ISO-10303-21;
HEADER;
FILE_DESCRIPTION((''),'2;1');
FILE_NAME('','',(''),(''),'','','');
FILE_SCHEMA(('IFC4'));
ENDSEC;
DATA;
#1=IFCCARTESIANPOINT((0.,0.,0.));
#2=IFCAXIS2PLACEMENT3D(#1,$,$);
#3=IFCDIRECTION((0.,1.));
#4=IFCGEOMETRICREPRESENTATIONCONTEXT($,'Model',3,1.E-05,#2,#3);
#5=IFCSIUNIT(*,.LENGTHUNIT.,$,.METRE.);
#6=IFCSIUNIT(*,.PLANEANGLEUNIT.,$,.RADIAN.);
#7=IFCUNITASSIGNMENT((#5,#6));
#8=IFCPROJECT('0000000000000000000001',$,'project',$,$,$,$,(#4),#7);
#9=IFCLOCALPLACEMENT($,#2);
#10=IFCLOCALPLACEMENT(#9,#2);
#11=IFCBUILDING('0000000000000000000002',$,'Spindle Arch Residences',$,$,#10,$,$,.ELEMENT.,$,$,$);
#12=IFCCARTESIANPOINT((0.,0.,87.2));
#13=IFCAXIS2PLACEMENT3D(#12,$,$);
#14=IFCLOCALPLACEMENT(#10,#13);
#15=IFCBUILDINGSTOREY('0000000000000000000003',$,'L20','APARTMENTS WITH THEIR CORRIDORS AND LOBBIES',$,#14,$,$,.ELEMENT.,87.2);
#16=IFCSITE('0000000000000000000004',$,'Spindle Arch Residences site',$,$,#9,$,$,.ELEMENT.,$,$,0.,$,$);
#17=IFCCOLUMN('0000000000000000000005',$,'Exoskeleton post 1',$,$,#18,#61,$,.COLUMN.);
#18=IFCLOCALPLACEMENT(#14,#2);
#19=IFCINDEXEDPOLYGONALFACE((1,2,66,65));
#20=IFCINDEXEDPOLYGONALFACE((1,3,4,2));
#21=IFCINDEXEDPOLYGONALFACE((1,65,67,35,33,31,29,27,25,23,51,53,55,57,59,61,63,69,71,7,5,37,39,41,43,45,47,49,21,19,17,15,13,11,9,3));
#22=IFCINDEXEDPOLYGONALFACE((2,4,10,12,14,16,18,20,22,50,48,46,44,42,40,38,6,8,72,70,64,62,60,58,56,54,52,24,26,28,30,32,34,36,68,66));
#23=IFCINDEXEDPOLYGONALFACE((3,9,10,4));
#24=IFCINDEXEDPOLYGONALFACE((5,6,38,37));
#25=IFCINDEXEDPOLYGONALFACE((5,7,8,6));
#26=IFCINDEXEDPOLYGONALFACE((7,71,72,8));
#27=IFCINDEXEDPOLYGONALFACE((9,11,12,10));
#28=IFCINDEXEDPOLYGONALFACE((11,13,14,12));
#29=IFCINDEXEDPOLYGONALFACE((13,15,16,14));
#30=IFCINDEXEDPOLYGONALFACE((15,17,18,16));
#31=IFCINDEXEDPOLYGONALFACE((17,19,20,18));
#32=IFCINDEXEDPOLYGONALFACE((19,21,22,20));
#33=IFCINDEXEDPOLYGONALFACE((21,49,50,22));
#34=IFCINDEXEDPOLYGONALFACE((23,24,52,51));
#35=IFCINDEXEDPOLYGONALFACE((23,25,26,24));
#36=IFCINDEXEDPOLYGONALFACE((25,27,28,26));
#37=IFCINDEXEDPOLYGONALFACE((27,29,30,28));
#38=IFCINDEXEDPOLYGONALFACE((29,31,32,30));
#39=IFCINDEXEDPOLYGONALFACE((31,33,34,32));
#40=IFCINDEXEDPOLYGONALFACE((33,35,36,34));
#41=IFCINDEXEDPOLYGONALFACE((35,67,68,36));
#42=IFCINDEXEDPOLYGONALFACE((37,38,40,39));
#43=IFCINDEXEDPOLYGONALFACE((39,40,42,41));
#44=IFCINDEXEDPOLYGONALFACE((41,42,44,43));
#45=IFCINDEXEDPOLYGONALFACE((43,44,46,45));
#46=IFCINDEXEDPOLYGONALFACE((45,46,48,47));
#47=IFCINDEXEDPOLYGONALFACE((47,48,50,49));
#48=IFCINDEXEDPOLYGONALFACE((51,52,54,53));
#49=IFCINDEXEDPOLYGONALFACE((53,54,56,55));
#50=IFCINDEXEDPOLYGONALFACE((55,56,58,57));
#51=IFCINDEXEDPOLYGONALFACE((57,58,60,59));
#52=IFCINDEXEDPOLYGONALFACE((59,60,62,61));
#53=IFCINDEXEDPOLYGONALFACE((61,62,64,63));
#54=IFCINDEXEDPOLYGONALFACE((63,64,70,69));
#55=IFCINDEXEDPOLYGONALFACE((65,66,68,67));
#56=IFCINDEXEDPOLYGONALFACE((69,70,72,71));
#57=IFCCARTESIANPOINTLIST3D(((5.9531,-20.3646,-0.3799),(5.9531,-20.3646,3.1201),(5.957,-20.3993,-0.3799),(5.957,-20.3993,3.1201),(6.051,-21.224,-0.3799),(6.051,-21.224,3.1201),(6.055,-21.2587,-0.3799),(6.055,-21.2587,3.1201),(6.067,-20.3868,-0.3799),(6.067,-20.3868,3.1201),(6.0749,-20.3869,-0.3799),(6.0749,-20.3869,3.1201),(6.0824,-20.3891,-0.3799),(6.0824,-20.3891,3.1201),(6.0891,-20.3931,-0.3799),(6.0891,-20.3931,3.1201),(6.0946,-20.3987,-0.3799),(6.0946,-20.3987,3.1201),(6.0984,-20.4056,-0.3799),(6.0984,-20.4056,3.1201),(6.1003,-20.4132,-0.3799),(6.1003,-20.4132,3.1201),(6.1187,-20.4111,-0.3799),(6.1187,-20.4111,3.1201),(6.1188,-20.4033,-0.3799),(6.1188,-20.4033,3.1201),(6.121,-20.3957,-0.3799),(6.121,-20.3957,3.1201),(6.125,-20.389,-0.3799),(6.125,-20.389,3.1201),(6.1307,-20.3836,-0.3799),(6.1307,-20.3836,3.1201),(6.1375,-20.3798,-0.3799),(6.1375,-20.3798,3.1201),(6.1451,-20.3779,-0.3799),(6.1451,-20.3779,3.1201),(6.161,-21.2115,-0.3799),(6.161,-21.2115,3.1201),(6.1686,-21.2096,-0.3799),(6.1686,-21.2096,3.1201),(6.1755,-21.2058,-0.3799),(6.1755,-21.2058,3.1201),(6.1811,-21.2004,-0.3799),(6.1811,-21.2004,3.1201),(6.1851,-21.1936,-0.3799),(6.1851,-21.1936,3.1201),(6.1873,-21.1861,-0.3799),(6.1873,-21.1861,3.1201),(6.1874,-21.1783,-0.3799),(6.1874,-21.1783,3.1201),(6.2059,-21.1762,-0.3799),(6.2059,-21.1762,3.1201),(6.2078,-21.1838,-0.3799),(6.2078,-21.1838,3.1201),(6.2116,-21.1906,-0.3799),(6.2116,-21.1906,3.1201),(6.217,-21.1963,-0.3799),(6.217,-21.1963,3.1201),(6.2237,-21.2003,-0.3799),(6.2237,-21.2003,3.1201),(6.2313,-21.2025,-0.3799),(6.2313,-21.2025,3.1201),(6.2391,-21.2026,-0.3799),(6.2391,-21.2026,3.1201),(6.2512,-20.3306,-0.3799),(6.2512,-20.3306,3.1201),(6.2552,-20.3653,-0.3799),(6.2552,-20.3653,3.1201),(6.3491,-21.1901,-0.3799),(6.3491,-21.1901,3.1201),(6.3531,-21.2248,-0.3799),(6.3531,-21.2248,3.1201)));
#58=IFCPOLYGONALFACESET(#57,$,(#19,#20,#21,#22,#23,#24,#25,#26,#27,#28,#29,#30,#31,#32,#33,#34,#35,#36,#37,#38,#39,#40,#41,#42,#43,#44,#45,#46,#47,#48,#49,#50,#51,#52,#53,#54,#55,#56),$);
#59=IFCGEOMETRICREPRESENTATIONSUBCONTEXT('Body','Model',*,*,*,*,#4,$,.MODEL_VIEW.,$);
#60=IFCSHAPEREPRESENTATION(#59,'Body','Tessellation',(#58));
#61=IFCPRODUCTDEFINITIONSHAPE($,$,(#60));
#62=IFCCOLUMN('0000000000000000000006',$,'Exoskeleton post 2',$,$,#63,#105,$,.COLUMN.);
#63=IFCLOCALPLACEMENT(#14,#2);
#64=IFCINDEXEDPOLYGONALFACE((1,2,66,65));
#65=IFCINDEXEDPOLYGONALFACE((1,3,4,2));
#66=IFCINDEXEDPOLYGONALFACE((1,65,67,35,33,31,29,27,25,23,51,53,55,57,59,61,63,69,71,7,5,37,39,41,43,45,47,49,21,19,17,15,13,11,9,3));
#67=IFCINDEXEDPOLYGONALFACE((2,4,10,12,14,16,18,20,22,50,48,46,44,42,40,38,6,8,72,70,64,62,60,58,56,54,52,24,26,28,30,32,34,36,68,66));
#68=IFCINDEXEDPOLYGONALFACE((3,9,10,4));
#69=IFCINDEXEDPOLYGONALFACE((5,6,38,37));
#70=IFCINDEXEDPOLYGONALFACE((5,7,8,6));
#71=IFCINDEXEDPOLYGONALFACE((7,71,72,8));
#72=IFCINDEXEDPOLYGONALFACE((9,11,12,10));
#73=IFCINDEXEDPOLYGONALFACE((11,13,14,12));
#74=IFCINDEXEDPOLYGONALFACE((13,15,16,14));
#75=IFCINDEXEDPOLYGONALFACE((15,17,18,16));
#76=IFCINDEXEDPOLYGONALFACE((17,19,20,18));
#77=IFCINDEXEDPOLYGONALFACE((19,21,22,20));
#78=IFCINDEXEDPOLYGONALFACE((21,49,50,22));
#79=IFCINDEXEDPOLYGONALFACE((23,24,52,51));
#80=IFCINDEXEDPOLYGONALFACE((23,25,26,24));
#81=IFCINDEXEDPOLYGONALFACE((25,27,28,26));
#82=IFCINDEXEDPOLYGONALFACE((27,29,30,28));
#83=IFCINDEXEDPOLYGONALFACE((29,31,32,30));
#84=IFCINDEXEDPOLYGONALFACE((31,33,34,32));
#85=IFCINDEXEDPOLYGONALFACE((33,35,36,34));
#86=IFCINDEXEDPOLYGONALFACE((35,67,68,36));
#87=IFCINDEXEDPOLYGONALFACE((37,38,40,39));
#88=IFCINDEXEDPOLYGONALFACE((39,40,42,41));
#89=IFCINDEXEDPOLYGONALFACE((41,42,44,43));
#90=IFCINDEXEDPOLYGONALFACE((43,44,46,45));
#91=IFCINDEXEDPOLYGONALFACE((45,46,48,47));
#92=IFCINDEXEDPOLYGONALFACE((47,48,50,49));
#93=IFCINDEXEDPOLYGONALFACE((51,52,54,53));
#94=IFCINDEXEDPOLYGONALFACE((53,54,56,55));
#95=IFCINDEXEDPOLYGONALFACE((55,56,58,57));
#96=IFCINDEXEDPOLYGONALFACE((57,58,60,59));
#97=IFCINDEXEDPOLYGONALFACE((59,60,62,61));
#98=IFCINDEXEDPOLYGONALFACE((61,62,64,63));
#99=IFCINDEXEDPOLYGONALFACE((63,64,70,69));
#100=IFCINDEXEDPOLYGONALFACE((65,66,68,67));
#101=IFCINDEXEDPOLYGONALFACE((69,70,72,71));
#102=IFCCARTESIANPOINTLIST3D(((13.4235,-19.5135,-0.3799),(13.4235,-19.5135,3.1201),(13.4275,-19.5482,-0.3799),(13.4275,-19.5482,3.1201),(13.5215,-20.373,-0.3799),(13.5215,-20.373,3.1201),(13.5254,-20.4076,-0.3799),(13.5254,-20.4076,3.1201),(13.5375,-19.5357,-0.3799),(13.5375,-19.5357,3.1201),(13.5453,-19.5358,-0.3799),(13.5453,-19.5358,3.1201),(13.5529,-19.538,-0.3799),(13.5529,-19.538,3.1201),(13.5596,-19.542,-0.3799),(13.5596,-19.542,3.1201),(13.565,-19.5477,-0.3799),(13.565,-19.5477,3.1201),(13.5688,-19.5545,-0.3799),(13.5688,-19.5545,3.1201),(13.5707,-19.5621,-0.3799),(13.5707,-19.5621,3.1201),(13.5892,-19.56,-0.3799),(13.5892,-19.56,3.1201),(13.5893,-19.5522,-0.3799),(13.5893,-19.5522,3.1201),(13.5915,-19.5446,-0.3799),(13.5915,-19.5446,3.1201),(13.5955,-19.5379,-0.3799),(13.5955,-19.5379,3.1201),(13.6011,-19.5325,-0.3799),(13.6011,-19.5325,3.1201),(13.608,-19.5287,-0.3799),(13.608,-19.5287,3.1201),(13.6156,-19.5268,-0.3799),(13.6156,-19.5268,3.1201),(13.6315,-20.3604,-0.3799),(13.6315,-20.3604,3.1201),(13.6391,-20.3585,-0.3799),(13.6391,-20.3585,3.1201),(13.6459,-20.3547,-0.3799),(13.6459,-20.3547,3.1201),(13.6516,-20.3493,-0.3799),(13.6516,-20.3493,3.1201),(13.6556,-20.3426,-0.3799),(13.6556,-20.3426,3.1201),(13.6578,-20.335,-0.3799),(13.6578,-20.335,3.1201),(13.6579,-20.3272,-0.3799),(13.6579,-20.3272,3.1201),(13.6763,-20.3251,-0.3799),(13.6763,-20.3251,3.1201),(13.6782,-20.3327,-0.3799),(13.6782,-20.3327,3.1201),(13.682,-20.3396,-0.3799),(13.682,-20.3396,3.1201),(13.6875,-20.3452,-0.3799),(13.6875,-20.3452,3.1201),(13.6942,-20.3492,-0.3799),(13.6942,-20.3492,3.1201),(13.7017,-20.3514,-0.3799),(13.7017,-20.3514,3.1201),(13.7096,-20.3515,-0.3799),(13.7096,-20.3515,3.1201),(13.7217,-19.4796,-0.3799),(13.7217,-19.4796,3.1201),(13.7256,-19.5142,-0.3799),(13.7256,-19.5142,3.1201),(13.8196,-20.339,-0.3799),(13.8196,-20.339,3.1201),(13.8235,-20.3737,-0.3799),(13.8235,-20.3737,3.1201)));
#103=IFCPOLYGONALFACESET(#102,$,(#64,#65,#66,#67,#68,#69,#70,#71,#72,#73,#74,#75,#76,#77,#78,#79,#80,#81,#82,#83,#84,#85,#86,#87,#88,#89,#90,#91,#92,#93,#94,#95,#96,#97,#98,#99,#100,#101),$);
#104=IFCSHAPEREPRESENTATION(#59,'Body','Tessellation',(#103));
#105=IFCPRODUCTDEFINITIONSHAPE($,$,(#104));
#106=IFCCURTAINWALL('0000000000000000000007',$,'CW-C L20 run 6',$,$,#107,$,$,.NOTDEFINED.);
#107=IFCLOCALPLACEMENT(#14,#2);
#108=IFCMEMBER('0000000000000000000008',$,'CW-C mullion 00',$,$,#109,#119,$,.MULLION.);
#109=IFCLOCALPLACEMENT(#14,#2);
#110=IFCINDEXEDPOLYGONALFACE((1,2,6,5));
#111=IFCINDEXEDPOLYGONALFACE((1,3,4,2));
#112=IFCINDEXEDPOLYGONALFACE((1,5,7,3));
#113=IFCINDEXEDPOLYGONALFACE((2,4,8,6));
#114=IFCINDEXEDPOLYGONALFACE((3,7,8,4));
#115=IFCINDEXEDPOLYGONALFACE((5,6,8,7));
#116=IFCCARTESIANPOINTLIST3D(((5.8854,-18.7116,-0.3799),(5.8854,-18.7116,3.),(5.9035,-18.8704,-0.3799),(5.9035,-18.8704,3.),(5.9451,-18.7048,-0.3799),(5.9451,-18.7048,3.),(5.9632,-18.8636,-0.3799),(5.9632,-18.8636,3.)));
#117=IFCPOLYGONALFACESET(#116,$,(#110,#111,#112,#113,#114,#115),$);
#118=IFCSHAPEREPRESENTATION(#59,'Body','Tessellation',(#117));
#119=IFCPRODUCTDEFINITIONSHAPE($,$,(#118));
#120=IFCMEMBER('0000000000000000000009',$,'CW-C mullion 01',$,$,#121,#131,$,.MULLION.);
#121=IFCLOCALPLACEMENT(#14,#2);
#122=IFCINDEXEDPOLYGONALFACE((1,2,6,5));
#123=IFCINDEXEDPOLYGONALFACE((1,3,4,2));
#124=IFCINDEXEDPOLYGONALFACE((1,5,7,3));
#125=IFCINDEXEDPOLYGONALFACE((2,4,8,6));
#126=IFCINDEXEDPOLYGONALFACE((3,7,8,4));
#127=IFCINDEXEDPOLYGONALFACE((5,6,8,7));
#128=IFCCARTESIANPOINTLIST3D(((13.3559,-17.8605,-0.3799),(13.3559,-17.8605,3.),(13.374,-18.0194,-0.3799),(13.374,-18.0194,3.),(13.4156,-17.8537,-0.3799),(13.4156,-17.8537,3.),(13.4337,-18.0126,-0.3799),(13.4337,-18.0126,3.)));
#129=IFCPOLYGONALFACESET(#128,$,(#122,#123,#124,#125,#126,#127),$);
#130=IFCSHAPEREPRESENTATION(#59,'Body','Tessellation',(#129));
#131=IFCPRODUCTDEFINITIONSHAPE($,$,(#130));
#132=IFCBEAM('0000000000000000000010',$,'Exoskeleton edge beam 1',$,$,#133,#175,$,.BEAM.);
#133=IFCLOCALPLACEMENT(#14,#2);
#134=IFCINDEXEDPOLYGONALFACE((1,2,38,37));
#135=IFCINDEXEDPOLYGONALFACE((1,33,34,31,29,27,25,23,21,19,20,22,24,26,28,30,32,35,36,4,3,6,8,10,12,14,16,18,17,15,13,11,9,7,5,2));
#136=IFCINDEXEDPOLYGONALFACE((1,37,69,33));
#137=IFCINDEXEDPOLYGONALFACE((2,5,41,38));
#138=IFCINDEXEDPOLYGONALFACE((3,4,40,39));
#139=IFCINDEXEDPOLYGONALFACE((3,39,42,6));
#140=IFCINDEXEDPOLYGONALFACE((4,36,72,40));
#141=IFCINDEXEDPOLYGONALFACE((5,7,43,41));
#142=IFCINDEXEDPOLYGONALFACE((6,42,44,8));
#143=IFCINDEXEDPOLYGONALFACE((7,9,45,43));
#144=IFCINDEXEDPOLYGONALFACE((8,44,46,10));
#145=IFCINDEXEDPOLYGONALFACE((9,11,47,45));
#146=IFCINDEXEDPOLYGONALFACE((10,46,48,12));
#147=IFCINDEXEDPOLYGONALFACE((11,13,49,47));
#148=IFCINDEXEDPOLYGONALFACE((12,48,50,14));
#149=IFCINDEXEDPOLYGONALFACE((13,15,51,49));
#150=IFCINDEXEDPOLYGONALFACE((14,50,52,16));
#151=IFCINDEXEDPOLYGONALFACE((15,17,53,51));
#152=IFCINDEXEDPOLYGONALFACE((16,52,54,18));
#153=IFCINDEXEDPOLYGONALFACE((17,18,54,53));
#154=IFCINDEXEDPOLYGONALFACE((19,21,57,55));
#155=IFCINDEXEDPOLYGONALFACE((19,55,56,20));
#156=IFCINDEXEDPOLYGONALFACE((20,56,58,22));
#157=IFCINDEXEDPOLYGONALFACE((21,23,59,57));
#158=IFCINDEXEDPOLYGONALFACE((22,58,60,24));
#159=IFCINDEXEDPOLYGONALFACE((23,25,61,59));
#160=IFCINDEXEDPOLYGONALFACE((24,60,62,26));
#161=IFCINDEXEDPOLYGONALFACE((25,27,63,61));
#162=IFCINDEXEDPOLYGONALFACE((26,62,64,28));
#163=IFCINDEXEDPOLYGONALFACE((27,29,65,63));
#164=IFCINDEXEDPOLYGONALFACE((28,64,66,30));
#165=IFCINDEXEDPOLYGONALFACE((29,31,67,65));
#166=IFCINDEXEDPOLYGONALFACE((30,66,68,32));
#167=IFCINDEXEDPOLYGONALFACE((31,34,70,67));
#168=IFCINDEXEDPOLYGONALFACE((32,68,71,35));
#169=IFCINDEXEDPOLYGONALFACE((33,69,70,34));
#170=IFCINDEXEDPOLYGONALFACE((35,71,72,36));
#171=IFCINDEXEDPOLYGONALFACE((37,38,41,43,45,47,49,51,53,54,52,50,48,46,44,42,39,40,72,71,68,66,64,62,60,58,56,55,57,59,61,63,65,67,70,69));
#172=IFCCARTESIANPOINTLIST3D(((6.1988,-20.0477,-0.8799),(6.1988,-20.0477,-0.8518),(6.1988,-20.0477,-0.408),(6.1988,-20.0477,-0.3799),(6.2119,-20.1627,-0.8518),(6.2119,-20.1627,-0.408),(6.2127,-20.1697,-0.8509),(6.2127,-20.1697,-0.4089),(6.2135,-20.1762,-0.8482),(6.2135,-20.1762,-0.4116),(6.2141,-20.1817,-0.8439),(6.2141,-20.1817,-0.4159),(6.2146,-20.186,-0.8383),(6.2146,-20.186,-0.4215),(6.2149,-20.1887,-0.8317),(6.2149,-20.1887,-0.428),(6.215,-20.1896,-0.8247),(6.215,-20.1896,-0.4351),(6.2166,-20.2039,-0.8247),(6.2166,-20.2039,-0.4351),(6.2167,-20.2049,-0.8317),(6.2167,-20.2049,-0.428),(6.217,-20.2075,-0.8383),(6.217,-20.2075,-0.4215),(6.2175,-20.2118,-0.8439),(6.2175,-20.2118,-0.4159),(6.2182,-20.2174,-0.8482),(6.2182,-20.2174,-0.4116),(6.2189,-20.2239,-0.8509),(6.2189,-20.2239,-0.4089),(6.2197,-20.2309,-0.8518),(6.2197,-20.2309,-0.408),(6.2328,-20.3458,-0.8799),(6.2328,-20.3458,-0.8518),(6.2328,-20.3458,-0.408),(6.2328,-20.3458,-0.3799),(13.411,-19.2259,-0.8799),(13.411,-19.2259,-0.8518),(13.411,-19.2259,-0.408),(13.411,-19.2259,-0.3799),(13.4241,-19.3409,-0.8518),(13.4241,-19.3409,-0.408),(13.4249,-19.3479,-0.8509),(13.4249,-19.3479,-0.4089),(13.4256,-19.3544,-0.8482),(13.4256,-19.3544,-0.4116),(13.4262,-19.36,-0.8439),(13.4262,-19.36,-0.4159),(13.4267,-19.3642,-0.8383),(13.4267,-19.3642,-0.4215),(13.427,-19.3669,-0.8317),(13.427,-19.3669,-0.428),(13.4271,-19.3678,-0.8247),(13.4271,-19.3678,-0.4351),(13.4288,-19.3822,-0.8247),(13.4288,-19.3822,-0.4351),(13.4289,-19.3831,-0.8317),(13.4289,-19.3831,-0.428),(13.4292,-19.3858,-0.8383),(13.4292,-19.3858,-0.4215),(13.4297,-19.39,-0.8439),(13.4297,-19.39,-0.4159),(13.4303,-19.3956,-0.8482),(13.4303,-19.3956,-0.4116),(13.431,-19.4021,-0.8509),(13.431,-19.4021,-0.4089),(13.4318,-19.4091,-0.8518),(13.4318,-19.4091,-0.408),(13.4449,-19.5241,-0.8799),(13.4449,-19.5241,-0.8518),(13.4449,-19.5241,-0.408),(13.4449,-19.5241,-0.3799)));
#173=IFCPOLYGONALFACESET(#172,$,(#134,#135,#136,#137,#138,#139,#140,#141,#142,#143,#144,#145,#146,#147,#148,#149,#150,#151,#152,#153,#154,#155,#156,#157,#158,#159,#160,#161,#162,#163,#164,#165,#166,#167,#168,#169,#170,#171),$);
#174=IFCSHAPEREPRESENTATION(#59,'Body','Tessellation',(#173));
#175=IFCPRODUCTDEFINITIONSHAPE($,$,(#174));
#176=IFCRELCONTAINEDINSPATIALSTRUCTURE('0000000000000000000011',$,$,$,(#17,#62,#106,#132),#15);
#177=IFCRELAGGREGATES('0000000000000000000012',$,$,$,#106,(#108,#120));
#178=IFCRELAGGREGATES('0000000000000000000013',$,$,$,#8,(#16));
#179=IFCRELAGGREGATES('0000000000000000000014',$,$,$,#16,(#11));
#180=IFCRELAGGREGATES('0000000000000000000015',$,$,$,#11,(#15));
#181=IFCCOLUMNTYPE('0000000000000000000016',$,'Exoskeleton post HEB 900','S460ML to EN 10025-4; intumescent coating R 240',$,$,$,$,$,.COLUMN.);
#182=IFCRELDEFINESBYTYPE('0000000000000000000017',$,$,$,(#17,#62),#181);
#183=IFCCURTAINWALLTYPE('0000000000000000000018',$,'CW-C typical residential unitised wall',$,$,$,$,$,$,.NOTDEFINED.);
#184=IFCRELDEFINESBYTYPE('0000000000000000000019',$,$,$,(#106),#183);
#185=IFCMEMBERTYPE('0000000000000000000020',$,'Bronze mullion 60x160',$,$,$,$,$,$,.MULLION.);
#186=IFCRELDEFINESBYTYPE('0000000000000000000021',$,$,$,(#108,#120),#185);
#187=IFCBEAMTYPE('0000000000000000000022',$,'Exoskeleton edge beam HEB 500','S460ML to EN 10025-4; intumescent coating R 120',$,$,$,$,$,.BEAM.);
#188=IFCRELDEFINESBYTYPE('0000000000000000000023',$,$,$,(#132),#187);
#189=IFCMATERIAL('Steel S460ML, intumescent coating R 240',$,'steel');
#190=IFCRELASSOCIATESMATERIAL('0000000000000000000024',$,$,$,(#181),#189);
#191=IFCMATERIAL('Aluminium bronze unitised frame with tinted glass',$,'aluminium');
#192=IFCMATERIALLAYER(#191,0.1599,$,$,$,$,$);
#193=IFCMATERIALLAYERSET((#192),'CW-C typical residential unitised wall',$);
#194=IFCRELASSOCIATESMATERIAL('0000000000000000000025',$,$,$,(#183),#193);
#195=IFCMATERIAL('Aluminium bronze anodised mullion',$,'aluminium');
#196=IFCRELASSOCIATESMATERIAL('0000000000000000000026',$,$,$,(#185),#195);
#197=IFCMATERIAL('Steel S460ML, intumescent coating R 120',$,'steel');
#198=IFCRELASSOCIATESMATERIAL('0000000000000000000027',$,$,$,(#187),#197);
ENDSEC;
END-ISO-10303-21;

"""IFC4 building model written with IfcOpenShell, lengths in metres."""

from ifc_helpers import new_model, si_unit, direction, frame, origin, origin_2d, place, context, subcontext, project, spatial, rectangle, i_section, extrude, material, layer, layer_set, material_profile, profile_set, type_object, element, aggregate, save


model = new_model("IFC4")

# Units and contexts
model_context = context("Model", 3, precision=1e-05, world=origin(), true_north=direction((0.0, 1.0)))
body_context = subcontext(model_context, "Body", "Model", "MODEL_VIEW")
ifc_project = project(units=[si_unit("LENGTHUNIT", "METRE"), si_unit("PLANEANGLEUNIT", "RADIAN")], contexts=[model_context])

# Site, building, storey
site_placement = place(None, origin())
site = spatial("IfcSite", under=ifc_project, at=site_placement, Name="Spindle Arch Residences site", CompositionType="ELEMENT", RefElevation=0.0)
building_placement = place(site_placement, origin())
building = spatial("IfcBuilding", under=site, at=building_placement, Name="Spindle Arch Residences", CompositionType="ELEMENT")
storey_placement = place(building_placement, frame((0.0, 0.0, 87.2)))
storey = spatial("IfcBuildingStorey", under=building, at=storey_placement, Name="L20", Description="APARTMENTS WITH THEIR CORRIDORS AND LOBBIES", CompositionType="ELEMENT", Elevation=87.2)

# Columns
ifc_material_1 = material(Name="Steel S460ML, intumescent coating R 240", Category="steel")
ifc_material_profile_1 = material_profile(ifc_material_1, i_section(OverallWidth=0.3, OverallDepth=0.8999, WebThickness=0.0186, FlangeThickness=0.0349, FilletRadius=0.03, at=origin_2d()), Name="HEB 900")
ifc_profile_set_1 = profile_set([ifc_material_profile_1], Name="Steel S460ML, intumescent coating R 240")
column_type = type_object("IfcColumnType", Name="Exoskeleton post HEB 900", Description="S460ML to EN 10025-4; intumescent coating R 240", PredefinedType="COLUMN", material=ifc_profile_set_1)
for number, where, z_axis, x_axis, name in (
    (1, (6.1531, -20.7947, -0.3799), (0.0, 0.0, 1.0), (-0.993572, -0.113203, 0.0), "Exoskeleton post 1"),
    (2, (13.6235, -19.9436, -0.3799), (0.0, 0.0, 1.0), (-0.993572, -0.113203, 0.0), "Exoskeleton post 2"),
):
    element("IfcColumn", number, at=place(storey_placement, frame(where, z_axis=z_axis, x_axis=x_axis)), inside=storey, type_object=column_type, Name=name, PredefinedType="COLUMN", context=body_context, shape_type="SweptSolid", body=[
        extrude(i_section(OverallWidth=0.3, OverallDepth=0.8999, WebThickness=0.0186, FlangeThickness=0.0349, FilletRadius=0.03, at=origin_2d()), origin(), (0.0, 0.0, 1.0), 3.5),
    ])

# Curtain wall, members
ifc_material_2 = material(Name="Aluminium bronze unitised frame with tinted glass", Category="aluminium")
ifc_layer_1 = layer(ifc_material_2, 0.1599)
ifc_layer_set_1 = layer_set([ifc_layer_1], Name="CW-C typical residential unitised wall")
curtain_wall_type = type_object("IfcCurtainWallType", Name="CW-C typical residential unitised wall", PredefinedType="NOTDEFINED", material=ifc_layer_set_1)
curtain_wall_placement = place(storey_placement, origin())
curtain_wall = element("IfcCurtainWall", 3, at=curtain_wall_placement, inside=storey, type_object=curtain_wall_type, Name="CW-C L20 run 6", PredefinedType="NOTDEFINED")
ifc_material_3 = material(Name="Aluminium bronze anodised mullion", Category="aluminium")
ifc_material_profile_2 = material_profile(ifc_material_3, rectangle(XDim=0.1599, YDim=0.0601, at=origin_2d()), Name="MU 60x160")
ifc_profile_set_2 = profile_set([ifc_material_profile_2], Name="Aluminium bronze anodised mullion")
member_type = type_object("IfcMemberType", Name="Bronze mullion 60x160", PredefinedType="MULLION", material=ifc_profile_set_2)
member_1_placement = place(storey_placement, frame((5.9243, -18.7876, -0.3799), z_axis=(0.0, 0.0, 1.0), x_axis=(-0.113203, 0.993572, 0.0)))
member_1 = element("IfcMember", 4, at=member_1_placement, type_object=member_type, Name="CW-C mullion 00", PredefinedType="MULLION", context=body_context, shape_type="SweptSolid", body=[
    extrude(rectangle(XDim=0.1599, YDim=0.0601, at=origin_2d()), origin(), (0.0, 0.0, 1.0), 3.3799),
])
member_2_placement = place(storey_placement, frame((13.3948, -17.9365, -0.3799), z_axis=(0.0, 0.0, 1.0), x_axis=(-0.113203, 0.993572, 0.0)))
member_2 = element("IfcMember", 5, at=member_2_placement, type_object=member_type, Name="CW-C mullion 01", PredefinedType="MULLION", context=body_context, shape_type="SweptSolid", body=[
    extrude(rectangle(XDim=0.1599, YDim=0.0601, at=origin_2d()), origin(), (0.0, 0.0, 1.0), 3.3799),
])

# Beam
ifc_material_4 = material(Name="Steel S460ML, intumescent coating R 120", Category="steel")
ifc_material_profile_3 = material_profile(ifc_material_4, i_section(OverallWidth=0.3, OverallDepth=0.5, WebThickness=0.0144, FlangeThickness=0.0281, FilletRadius=0.0271, at=origin_2d()), Name="HEB 500")
ifc_profile_set_3 = profile_set([ifc_material_profile_3], Name="Steel S460ML, intumescent coating R 120")
beam_type_1 = type_object("IfcBeamType", Name="Exoskeleton edge beam HEB 500", Description="S460ML to EN 10025-4; intumescent coating R 120", PredefinedType="BEAM", material=ifc_profile_set_3)
for number, where, z_axis, x_axis, name in (
    (6, (6.2158, -20.1968, -0.6299), (0.993571, 0.113211, 0.0), (-0.113211, 0.993571, 0.0), "Exoskeleton edge beam 1"),
):
    element("IfcBeam", number, at=place(storey_placement, frame(where, z_axis=z_axis, x_axis=x_axis)), inside=storey, type_object=beam_type_1, Name=name, PredefinedType="BEAM", context=body_context, shape_type="SweptSolid", body=[
        extrude(i_section(OverallWidth=0.3, OverallDepth=0.5, WebThickness=0.0144, FlangeThickness=0.0281, FilletRadius=0.0271, at=origin_2d()), origin(), (0.0, 0.0, 1.0), 7.2588),
    ])

aggregate(curtain_wall, [member_1, member_2])

save(model, "model.ifc")
